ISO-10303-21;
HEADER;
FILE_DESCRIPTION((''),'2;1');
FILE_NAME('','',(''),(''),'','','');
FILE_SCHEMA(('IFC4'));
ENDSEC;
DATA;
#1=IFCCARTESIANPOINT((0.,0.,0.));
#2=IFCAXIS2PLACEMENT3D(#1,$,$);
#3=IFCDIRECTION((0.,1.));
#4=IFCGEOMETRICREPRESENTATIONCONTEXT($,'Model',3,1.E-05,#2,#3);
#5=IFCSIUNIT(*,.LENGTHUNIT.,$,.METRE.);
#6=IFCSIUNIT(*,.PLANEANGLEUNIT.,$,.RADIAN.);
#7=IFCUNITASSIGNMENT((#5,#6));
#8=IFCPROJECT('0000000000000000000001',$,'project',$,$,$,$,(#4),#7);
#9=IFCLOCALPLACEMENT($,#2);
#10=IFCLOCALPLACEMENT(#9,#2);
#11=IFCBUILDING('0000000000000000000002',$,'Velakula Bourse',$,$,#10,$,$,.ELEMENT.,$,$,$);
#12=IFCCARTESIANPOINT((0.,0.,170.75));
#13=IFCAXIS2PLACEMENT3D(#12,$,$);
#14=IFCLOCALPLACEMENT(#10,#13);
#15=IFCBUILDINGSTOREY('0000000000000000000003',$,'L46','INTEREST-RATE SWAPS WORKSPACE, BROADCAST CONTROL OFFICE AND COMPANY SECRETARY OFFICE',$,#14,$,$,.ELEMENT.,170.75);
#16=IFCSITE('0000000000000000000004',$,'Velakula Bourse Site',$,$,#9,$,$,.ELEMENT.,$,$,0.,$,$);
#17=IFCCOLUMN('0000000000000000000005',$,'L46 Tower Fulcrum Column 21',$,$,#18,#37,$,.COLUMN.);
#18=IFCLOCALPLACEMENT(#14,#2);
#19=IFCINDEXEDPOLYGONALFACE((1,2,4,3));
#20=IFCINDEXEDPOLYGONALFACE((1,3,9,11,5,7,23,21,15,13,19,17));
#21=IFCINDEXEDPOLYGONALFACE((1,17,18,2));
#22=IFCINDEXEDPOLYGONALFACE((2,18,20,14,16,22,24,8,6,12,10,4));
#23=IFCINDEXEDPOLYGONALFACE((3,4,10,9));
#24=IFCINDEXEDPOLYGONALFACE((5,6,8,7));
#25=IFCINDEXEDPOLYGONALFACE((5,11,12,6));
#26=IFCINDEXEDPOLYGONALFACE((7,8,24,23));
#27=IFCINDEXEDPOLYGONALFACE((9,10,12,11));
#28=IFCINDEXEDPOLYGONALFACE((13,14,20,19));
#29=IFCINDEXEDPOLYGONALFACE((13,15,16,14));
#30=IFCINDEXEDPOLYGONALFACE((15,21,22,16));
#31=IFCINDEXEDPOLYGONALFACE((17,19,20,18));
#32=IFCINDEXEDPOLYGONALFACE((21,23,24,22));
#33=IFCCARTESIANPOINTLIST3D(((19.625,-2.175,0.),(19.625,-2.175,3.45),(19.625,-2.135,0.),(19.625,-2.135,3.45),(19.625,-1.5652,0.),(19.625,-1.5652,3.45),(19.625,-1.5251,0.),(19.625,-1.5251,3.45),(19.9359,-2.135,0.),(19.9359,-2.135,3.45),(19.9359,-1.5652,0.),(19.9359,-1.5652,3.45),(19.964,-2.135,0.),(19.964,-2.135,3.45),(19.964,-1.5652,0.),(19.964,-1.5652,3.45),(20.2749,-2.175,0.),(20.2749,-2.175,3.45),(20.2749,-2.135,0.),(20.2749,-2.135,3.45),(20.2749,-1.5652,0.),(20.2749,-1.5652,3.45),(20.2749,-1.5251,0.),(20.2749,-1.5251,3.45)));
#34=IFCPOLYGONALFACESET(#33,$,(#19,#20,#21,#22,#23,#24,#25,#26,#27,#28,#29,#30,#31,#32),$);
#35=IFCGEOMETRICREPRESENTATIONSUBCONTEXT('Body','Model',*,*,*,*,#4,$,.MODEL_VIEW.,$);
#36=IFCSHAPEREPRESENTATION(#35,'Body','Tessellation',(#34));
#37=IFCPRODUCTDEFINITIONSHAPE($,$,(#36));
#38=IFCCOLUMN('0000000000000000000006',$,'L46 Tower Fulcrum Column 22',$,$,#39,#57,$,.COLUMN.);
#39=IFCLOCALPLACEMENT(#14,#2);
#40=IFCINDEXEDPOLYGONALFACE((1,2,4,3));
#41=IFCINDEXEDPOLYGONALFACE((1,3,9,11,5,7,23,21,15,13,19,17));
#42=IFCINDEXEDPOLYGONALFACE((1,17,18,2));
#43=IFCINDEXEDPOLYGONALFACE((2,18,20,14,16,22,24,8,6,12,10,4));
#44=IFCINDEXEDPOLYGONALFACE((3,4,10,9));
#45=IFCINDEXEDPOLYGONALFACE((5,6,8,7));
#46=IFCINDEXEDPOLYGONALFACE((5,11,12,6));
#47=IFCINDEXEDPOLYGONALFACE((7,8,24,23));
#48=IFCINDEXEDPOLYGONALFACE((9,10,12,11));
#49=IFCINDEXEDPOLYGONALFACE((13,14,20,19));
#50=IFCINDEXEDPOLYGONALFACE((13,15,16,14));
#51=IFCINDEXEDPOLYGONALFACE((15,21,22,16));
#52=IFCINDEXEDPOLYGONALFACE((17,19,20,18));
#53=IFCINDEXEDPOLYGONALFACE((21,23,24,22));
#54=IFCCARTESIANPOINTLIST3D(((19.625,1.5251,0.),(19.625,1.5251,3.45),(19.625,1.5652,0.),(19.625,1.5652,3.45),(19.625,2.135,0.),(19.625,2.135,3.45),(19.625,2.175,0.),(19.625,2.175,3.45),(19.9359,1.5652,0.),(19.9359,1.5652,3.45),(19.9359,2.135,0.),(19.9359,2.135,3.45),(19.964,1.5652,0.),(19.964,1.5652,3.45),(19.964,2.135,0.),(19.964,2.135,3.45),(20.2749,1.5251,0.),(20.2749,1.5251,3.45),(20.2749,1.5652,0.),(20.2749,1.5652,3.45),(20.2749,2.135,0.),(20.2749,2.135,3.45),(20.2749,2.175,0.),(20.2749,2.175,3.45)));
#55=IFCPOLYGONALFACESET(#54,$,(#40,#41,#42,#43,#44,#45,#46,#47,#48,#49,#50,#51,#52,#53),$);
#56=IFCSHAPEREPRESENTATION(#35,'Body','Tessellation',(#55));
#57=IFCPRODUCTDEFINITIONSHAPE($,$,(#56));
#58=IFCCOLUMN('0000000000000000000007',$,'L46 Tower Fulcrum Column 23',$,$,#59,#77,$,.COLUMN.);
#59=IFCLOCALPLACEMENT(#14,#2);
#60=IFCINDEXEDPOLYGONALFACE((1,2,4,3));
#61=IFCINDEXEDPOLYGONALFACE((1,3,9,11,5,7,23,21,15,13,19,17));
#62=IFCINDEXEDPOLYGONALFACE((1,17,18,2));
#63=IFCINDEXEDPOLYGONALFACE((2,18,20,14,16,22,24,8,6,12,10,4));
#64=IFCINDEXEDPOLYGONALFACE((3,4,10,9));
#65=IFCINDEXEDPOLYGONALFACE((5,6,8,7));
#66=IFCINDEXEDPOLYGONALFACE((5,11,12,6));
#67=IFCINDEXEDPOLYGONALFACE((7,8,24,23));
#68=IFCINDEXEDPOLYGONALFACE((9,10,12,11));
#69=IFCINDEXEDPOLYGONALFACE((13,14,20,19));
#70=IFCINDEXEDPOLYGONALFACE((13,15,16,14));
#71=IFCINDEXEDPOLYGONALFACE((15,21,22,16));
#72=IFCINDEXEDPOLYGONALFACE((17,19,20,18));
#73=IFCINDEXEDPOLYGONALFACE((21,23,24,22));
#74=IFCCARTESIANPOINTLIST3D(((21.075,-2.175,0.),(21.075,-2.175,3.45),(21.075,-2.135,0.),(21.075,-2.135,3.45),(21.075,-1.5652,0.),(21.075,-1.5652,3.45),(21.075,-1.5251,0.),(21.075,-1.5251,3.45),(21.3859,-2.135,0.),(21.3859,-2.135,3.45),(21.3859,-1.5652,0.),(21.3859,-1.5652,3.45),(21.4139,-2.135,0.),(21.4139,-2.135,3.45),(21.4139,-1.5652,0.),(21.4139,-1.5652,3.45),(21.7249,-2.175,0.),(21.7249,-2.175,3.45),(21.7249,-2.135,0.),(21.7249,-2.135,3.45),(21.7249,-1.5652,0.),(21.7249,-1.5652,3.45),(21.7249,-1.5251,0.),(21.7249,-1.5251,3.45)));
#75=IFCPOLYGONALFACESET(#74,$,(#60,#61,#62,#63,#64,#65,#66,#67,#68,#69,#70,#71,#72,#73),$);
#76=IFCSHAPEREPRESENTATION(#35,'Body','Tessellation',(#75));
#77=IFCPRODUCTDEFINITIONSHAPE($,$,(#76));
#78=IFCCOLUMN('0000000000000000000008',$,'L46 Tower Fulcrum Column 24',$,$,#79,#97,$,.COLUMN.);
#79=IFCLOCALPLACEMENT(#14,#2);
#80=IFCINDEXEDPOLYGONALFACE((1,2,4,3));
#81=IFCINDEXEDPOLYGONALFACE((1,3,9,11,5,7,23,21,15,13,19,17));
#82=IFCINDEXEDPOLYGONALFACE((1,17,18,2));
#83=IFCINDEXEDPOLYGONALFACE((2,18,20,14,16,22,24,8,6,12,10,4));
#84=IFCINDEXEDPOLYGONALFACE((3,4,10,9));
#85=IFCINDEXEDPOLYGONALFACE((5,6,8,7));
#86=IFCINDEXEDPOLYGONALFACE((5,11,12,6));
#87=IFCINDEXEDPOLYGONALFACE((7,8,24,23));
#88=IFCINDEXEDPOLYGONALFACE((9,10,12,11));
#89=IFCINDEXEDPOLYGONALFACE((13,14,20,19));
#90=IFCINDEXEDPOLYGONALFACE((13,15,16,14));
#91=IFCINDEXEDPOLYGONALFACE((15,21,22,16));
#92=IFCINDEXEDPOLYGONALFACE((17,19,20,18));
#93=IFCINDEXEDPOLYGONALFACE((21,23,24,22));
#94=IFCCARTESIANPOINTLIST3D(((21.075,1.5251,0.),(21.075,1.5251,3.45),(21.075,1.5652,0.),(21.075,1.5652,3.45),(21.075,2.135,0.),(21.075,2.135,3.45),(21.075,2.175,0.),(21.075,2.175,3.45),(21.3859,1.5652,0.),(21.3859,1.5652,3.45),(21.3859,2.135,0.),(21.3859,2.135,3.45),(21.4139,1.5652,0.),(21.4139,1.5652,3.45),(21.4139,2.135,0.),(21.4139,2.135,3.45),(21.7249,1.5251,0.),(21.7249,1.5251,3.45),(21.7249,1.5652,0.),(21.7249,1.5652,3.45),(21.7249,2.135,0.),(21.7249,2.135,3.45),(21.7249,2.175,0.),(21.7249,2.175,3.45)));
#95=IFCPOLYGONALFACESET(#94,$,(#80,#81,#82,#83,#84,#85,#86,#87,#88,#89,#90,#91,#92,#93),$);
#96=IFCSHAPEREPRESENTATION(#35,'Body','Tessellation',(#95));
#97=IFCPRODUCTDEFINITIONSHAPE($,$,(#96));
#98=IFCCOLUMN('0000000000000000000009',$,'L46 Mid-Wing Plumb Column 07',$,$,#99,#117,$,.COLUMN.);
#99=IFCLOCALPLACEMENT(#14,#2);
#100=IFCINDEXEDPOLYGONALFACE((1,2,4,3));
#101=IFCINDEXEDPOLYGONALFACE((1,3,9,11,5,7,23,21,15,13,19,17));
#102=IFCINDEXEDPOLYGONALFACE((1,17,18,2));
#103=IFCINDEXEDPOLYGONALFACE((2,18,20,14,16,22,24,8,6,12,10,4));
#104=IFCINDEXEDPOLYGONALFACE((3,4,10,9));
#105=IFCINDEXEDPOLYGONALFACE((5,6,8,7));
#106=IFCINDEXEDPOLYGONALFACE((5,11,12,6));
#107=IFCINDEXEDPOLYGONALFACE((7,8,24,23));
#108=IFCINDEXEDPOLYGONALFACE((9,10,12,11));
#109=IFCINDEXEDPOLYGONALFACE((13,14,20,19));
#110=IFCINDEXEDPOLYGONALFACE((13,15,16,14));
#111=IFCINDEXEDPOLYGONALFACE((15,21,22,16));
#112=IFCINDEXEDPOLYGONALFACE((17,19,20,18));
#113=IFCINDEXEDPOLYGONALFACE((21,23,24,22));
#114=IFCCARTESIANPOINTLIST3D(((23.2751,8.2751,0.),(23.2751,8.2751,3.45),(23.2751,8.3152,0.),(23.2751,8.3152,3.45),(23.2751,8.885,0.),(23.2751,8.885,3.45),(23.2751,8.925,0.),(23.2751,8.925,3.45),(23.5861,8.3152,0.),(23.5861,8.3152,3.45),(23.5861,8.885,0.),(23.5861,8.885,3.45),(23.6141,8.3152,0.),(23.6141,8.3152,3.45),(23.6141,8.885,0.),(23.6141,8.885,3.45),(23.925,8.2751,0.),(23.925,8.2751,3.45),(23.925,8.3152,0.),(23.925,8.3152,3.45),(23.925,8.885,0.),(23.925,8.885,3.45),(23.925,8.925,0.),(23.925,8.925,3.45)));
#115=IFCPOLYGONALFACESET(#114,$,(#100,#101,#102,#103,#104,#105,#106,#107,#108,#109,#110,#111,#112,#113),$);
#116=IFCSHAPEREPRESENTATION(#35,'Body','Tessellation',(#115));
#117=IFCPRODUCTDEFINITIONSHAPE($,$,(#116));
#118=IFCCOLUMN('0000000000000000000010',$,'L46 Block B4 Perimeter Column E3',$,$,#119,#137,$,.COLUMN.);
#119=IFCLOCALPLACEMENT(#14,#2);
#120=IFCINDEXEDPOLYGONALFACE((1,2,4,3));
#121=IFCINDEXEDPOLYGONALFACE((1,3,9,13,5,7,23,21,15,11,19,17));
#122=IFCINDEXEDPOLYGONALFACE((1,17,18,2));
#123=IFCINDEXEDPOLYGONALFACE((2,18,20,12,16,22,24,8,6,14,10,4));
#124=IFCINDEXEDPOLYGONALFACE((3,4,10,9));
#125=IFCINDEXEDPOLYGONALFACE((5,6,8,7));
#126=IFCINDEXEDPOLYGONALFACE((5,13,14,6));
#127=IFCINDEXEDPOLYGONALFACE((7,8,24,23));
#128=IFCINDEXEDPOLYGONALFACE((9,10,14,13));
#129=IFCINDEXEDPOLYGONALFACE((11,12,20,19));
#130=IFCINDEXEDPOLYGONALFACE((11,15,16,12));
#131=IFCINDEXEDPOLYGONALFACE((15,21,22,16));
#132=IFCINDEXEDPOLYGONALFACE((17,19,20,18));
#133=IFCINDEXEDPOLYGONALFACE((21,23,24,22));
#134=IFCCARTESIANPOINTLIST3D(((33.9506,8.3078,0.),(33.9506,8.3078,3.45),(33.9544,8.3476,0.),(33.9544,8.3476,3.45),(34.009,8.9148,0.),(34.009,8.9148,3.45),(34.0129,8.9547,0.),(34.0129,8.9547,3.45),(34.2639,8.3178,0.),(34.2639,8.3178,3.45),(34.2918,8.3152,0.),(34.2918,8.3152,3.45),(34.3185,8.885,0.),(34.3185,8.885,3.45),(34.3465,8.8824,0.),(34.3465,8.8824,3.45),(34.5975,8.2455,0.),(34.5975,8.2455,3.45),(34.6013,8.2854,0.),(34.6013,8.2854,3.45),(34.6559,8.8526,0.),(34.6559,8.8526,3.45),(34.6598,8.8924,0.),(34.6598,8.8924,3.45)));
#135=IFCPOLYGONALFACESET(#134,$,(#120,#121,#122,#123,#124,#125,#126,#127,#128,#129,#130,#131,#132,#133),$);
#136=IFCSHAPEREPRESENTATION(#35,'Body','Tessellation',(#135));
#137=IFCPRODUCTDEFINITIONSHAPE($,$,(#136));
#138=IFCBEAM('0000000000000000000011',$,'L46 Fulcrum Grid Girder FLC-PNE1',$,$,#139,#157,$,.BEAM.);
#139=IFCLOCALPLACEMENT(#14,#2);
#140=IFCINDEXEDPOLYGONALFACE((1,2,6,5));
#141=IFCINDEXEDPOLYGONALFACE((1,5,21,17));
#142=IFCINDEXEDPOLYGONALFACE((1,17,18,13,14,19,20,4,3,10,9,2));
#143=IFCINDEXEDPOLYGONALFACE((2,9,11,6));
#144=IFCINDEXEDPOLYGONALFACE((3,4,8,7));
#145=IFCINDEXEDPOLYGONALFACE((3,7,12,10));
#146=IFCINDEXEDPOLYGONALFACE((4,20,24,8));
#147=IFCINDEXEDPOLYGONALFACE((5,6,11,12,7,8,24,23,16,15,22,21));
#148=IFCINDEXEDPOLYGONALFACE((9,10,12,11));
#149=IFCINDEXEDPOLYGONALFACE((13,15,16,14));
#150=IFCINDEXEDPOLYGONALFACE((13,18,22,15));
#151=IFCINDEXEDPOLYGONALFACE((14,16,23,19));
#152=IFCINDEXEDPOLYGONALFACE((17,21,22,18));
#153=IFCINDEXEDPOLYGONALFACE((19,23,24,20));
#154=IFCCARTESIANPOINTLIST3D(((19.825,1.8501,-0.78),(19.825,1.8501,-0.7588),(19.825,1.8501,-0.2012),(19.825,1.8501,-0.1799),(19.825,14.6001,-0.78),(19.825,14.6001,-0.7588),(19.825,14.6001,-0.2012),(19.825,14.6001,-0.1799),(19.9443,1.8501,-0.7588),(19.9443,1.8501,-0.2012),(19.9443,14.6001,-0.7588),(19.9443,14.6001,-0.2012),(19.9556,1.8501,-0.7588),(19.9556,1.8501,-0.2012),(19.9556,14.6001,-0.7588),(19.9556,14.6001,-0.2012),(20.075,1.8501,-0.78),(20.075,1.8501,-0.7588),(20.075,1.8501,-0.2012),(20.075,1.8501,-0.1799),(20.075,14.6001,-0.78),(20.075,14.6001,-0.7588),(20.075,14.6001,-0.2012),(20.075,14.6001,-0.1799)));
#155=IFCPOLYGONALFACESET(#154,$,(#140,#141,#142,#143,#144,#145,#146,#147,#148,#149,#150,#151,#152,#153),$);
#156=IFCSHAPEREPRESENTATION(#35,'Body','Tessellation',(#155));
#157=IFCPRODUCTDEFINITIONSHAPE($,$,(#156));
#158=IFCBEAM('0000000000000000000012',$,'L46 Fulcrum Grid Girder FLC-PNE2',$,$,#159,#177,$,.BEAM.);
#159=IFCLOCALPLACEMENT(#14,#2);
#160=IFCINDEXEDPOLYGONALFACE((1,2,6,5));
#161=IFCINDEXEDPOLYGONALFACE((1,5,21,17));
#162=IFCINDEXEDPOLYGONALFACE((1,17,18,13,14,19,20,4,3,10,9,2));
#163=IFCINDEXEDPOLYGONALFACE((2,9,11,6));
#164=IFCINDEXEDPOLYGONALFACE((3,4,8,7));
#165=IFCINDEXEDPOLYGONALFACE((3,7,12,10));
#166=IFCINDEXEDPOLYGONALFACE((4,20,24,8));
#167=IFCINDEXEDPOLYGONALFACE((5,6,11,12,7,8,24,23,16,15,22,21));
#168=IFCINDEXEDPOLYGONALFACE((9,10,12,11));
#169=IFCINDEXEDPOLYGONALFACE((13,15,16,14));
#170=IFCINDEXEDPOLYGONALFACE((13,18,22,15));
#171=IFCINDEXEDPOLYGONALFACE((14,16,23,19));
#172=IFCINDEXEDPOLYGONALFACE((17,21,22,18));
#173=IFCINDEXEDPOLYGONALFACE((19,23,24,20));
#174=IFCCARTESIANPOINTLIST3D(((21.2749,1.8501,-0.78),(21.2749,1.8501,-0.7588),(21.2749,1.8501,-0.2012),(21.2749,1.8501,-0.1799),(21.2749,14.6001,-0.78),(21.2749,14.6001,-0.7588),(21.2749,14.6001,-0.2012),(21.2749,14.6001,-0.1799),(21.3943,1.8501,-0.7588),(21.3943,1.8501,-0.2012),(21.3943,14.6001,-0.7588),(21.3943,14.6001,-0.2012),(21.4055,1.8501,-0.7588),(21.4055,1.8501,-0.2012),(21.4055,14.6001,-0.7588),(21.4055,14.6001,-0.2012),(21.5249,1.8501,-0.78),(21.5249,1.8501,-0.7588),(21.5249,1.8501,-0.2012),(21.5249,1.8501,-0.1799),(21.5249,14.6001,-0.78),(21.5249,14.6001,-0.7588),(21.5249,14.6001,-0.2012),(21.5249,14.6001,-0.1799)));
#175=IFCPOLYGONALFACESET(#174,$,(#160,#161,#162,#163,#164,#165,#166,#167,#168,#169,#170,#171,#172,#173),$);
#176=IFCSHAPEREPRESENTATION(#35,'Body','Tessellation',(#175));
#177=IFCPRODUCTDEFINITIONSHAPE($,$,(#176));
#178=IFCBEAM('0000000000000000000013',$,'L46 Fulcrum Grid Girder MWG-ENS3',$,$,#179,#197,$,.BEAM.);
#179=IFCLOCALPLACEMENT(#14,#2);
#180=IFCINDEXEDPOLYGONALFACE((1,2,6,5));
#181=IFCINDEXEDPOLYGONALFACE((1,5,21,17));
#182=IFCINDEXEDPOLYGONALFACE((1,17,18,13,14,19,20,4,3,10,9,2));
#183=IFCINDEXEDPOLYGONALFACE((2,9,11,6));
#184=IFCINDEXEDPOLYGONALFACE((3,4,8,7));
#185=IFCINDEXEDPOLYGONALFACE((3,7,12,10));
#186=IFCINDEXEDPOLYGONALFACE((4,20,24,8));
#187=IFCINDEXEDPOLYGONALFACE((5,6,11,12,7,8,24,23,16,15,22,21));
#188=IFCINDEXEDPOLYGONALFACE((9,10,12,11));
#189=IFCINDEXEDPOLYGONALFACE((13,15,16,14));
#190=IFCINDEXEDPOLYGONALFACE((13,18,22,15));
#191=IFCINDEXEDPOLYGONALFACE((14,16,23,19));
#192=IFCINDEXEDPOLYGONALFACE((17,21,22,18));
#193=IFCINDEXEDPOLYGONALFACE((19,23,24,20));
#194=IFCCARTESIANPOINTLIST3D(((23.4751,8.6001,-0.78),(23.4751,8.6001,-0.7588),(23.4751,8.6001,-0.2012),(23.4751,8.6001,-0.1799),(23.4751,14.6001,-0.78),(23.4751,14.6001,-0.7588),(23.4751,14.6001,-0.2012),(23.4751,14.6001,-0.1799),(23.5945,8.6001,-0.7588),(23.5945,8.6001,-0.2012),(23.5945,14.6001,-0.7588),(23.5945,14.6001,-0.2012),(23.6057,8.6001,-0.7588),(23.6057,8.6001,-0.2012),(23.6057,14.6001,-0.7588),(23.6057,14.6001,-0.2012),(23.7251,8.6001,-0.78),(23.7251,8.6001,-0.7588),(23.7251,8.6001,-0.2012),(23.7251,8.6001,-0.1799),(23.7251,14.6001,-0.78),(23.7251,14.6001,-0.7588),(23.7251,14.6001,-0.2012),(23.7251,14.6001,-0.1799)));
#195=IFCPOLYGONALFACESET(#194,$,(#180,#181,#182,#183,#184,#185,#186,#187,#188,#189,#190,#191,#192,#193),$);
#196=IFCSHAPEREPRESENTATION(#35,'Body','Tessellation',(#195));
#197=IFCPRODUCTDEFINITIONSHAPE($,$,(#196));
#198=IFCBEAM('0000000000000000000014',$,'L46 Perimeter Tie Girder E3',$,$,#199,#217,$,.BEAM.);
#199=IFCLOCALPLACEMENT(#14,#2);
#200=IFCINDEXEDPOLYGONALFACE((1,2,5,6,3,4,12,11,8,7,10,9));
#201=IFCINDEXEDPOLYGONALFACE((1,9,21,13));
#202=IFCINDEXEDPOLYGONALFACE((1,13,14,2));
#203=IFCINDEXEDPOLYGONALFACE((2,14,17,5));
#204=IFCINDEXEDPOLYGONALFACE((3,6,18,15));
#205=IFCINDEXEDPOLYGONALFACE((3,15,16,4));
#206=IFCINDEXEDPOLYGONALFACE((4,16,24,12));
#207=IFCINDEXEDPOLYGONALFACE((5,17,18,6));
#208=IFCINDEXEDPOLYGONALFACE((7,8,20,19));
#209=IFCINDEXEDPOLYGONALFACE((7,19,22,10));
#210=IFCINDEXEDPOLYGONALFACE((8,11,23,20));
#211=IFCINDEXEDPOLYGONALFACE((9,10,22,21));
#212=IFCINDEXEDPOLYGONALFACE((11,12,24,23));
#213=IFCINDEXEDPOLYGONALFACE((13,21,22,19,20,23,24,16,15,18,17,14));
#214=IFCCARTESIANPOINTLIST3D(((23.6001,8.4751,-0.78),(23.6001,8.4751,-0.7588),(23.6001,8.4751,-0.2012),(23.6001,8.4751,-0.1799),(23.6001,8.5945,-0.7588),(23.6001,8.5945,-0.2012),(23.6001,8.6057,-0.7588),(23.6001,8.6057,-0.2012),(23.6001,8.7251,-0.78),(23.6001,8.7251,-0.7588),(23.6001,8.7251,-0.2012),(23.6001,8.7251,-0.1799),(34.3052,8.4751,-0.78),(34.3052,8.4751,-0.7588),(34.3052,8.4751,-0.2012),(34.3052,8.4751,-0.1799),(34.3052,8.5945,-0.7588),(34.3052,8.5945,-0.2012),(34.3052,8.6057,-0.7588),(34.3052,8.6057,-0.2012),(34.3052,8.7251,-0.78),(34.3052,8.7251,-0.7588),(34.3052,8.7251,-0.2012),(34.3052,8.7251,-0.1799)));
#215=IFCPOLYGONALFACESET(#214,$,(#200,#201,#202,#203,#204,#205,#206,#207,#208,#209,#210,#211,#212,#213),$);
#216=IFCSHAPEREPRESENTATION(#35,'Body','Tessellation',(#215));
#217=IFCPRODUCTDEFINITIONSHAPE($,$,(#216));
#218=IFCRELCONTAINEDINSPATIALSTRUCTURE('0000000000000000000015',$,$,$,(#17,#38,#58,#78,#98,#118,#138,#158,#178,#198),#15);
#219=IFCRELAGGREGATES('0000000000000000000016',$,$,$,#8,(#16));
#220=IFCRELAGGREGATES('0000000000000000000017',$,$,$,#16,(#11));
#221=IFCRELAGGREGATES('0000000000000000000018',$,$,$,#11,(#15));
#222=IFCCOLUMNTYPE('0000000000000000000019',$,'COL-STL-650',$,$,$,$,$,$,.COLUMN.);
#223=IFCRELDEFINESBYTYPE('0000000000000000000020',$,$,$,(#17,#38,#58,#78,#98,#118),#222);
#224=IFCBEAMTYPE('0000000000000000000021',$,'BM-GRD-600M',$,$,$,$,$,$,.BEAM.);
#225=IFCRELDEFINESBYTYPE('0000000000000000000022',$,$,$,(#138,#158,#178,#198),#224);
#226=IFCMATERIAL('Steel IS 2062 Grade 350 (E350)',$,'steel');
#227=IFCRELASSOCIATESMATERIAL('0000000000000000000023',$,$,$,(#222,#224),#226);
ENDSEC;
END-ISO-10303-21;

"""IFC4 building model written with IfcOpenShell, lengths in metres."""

from ifc_helpers import new_model, si_unit, direction, frame, origin, origin_2d, place, context, subcontext, project, spatial, i_section, extrude, material, material_profile, profile_set, type_object, element, save


model = new_model("IFC4")

# Units and contexts
model_context = context("Model", 3, precision=1e-05, world=origin(), true_north=direction((0.0, 1.0)))
body_context = subcontext(model_context, "Body", "Model", "MODEL_VIEW")
ifc_project = project(units=[si_unit("LENGTHUNIT", "METRE"), si_unit("PLANEANGLEUNIT", "RADIAN")], contexts=[model_context])

# Site, building, storey
site_placement = place(None, origin())
site = spatial("IfcSite", under=ifc_project, at=site_placement, Name="Velakula Bourse Site", CompositionType="ELEMENT", RefElevation=0.0)
building_placement = place(site_placement, origin())
building = spatial("IfcBuilding", under=site, at=building_placement, Name="Velakula Bourse", CompositionType="ELEMENT")
storey_placement = place(building_placement, frame((0.0, 0.0, 170.75)))
storey = spatial("IfcBuildingStorey", under=building, at=storey_placement, Name="L46", Description="INTEREST-RATE SWAPS WORKSPACE, BROADCAST CONTROL OFFICE AND COMPANY SECRETARY OFFICE", CompositionType="ELEMENT", Elevation=170.75)

# Columns
ifc_material_1 = material(Name="Steel IS 2062 Grade 350 (E350)", Category="steel")
ifc_material_profile_1 = material_profile(ifc_material_1, i_section(OverallWidth=0.6499, OverallDepth=0.6499, WebThickness=0.0281, FlangeThickness=0.04, at=origin_2d()), Name="Steel IS 2062 Grade 350 (E350)")
ifc_profile_set_1 = profile_set([ifc_material_profile_1], Name="Steel IS 2062 Grade 350 (E350)")
column_type = type_object("IfcColumnType", Name="COL-STL-650", PredefinedType="COLUMN", material=ifc_profile_set_1)
for number, where, z_axis, x_axis, name in (
    (1, (19.95, -1.8501, 0.0), (0.0, 0.0, 1.0), (1.0, 0.0, 0.0), "L46 Tower Fulcrum Column 21"),
    (2, (19.95, 1.8501, 0.0), (0.0, 0.0, 1.0), (1.0, 0.0, 0.0), "L46 Tower Fulcrum Column 22"),
    (3, (21.3999, -1.8501, 0.0), (0.0, 0.0, 1.0), (1.0, 0.0, 0.0), "L46 Tower Fulcrum Column 23"),
    (4, (21.3999, 1.8501, 0.0), (0.0, 0.0, 1.0), (1.0, 0.0, 0.0), "L46 Tower Fulcrum Column 24"),
    (5, (23.6001, 8.6001, 0.0), (0.0, 0.0, 1.0), (1.0, 0.0, 0.0), "L46 Mid-Wing Plumb Column 07"),
    (6, (34.3052, 8.6001, 0.0), (0.0, 0.0, 1.0), (0.995396, -0.095846, 0.0), "L46 Block B4 Perimeter Column E3"),
):
    element("IfcColumn", number, at=place(storey_placement, frame(where, z_axis=z_axis, x_axis=x_axis)), inside=storey, type_object=column_type, Name=name, PredefinedType="COLUMN", context=body_context, shape_type="SweptSolid", body=[
        extrude(i_section(OverallWidth=0.6499, OverallDepth=0.6499, WebThickness=0.0281, FlangeThickness=0.04, at=origin_2d()), origin(), (0.0, 0.0, 1.0), 3.45),
    ])

# Beams
ifc_material_profile_2 = material_profile(ifc_material_1, i_section(OverallWidth=0.25, OverallDepth=0.6001, WebThickness=0.0112, FlangeThickness=0.0212, at=origin_2d()), Name="Steel IS 2062 Grade 350 (E350)")
ifc_profile_set_2 = profile_set([ifc_material_profile_2], Name="Steel IS 2062 Grade 350 (E350)")
beam_type_1 = type_object("IfcBeamType", Name="BM-GRD-600M", PredefinedType="BEAM", material=ifc_profile_set_2)
for number, where, z_axis, x_axis, name in (
    (7, (19.95, 1.8501, -0.48), (0.0, 1.0, 0.0), (-1.0, 0.0, 0.0), "L46 Fulcrum Grid Girder FLC-PNE1"),
    (8, (21.3999, 1.8501, -0.48), (0.0, 1.0, 0.0), (-1.0, 0.0, 0.0), "L46 Fulcrum Grid Girder FLC-PNE2"),
):
    element("IfcBeam", number, at=place(storey_placement, frame(where, z_axis=z_axis, x_axis=x_axis)), inside=storey, type_object=beam_type_1, Name=name, PredefinedType="BEAM", context=body_context, shape_type="SweptSolid", body=[
        extrude(i_section(OverallWidth=0.25, OverallDepth=0.6001, WebThickness=0.0112, FlangeThickness=0.0212, at=origin_2d()), origin(), (0.0, 0.0, 1.0), 12.75),
    ])
beam_1_placement = place(storey_placement, frame((23.6001, 8.6001, -0.48), z_axis=(0.0, 1.0, 0.0), x_axis=(-1.0, 0.0, 0.0)))
element("IfcBeam", 9, at=beam_1_placement, inside=storey, type_object=beam_type_1, Name="L46 Fulcrum Grid Girder MWG-ENS3", PredefinedType="BEAM", context=body_context, shape_type="SweptSolid", body=[
    extrude(i_section(OverallWidth=0.25, OverallDepth=0.6001, WebThickness=0.0112, FlangeThickness=0.0212, at=origin_2d()), origin(), (0.0, 0.0, 1.0), 6.0),
])
beam_2_placement = place(storey_placement, frame((23.6001, 8.6001, -0.48), z_axis=(1.0, 0.0, 0.0), x_axis=(0.0, 1.0, 0.0)))
element("IfcBeam", 10, at=beam_2_placement, inside=storey, type_object=beam_type_1, Name="L46 Perimeter Tie Girder E3", PredefinedType="BEAM", context=body_context, shape_type="SweptSolid", body=[
    extrude(i_section(OverallWidth=0.25, OverallDepth=0.6001, WebThickness=0.0112, FlangeThickness=0.0212, at=origin_2d()), origin(), (0.0, 0.0, 1.0), 10.7051),
])

save(model, "model.ifc")
